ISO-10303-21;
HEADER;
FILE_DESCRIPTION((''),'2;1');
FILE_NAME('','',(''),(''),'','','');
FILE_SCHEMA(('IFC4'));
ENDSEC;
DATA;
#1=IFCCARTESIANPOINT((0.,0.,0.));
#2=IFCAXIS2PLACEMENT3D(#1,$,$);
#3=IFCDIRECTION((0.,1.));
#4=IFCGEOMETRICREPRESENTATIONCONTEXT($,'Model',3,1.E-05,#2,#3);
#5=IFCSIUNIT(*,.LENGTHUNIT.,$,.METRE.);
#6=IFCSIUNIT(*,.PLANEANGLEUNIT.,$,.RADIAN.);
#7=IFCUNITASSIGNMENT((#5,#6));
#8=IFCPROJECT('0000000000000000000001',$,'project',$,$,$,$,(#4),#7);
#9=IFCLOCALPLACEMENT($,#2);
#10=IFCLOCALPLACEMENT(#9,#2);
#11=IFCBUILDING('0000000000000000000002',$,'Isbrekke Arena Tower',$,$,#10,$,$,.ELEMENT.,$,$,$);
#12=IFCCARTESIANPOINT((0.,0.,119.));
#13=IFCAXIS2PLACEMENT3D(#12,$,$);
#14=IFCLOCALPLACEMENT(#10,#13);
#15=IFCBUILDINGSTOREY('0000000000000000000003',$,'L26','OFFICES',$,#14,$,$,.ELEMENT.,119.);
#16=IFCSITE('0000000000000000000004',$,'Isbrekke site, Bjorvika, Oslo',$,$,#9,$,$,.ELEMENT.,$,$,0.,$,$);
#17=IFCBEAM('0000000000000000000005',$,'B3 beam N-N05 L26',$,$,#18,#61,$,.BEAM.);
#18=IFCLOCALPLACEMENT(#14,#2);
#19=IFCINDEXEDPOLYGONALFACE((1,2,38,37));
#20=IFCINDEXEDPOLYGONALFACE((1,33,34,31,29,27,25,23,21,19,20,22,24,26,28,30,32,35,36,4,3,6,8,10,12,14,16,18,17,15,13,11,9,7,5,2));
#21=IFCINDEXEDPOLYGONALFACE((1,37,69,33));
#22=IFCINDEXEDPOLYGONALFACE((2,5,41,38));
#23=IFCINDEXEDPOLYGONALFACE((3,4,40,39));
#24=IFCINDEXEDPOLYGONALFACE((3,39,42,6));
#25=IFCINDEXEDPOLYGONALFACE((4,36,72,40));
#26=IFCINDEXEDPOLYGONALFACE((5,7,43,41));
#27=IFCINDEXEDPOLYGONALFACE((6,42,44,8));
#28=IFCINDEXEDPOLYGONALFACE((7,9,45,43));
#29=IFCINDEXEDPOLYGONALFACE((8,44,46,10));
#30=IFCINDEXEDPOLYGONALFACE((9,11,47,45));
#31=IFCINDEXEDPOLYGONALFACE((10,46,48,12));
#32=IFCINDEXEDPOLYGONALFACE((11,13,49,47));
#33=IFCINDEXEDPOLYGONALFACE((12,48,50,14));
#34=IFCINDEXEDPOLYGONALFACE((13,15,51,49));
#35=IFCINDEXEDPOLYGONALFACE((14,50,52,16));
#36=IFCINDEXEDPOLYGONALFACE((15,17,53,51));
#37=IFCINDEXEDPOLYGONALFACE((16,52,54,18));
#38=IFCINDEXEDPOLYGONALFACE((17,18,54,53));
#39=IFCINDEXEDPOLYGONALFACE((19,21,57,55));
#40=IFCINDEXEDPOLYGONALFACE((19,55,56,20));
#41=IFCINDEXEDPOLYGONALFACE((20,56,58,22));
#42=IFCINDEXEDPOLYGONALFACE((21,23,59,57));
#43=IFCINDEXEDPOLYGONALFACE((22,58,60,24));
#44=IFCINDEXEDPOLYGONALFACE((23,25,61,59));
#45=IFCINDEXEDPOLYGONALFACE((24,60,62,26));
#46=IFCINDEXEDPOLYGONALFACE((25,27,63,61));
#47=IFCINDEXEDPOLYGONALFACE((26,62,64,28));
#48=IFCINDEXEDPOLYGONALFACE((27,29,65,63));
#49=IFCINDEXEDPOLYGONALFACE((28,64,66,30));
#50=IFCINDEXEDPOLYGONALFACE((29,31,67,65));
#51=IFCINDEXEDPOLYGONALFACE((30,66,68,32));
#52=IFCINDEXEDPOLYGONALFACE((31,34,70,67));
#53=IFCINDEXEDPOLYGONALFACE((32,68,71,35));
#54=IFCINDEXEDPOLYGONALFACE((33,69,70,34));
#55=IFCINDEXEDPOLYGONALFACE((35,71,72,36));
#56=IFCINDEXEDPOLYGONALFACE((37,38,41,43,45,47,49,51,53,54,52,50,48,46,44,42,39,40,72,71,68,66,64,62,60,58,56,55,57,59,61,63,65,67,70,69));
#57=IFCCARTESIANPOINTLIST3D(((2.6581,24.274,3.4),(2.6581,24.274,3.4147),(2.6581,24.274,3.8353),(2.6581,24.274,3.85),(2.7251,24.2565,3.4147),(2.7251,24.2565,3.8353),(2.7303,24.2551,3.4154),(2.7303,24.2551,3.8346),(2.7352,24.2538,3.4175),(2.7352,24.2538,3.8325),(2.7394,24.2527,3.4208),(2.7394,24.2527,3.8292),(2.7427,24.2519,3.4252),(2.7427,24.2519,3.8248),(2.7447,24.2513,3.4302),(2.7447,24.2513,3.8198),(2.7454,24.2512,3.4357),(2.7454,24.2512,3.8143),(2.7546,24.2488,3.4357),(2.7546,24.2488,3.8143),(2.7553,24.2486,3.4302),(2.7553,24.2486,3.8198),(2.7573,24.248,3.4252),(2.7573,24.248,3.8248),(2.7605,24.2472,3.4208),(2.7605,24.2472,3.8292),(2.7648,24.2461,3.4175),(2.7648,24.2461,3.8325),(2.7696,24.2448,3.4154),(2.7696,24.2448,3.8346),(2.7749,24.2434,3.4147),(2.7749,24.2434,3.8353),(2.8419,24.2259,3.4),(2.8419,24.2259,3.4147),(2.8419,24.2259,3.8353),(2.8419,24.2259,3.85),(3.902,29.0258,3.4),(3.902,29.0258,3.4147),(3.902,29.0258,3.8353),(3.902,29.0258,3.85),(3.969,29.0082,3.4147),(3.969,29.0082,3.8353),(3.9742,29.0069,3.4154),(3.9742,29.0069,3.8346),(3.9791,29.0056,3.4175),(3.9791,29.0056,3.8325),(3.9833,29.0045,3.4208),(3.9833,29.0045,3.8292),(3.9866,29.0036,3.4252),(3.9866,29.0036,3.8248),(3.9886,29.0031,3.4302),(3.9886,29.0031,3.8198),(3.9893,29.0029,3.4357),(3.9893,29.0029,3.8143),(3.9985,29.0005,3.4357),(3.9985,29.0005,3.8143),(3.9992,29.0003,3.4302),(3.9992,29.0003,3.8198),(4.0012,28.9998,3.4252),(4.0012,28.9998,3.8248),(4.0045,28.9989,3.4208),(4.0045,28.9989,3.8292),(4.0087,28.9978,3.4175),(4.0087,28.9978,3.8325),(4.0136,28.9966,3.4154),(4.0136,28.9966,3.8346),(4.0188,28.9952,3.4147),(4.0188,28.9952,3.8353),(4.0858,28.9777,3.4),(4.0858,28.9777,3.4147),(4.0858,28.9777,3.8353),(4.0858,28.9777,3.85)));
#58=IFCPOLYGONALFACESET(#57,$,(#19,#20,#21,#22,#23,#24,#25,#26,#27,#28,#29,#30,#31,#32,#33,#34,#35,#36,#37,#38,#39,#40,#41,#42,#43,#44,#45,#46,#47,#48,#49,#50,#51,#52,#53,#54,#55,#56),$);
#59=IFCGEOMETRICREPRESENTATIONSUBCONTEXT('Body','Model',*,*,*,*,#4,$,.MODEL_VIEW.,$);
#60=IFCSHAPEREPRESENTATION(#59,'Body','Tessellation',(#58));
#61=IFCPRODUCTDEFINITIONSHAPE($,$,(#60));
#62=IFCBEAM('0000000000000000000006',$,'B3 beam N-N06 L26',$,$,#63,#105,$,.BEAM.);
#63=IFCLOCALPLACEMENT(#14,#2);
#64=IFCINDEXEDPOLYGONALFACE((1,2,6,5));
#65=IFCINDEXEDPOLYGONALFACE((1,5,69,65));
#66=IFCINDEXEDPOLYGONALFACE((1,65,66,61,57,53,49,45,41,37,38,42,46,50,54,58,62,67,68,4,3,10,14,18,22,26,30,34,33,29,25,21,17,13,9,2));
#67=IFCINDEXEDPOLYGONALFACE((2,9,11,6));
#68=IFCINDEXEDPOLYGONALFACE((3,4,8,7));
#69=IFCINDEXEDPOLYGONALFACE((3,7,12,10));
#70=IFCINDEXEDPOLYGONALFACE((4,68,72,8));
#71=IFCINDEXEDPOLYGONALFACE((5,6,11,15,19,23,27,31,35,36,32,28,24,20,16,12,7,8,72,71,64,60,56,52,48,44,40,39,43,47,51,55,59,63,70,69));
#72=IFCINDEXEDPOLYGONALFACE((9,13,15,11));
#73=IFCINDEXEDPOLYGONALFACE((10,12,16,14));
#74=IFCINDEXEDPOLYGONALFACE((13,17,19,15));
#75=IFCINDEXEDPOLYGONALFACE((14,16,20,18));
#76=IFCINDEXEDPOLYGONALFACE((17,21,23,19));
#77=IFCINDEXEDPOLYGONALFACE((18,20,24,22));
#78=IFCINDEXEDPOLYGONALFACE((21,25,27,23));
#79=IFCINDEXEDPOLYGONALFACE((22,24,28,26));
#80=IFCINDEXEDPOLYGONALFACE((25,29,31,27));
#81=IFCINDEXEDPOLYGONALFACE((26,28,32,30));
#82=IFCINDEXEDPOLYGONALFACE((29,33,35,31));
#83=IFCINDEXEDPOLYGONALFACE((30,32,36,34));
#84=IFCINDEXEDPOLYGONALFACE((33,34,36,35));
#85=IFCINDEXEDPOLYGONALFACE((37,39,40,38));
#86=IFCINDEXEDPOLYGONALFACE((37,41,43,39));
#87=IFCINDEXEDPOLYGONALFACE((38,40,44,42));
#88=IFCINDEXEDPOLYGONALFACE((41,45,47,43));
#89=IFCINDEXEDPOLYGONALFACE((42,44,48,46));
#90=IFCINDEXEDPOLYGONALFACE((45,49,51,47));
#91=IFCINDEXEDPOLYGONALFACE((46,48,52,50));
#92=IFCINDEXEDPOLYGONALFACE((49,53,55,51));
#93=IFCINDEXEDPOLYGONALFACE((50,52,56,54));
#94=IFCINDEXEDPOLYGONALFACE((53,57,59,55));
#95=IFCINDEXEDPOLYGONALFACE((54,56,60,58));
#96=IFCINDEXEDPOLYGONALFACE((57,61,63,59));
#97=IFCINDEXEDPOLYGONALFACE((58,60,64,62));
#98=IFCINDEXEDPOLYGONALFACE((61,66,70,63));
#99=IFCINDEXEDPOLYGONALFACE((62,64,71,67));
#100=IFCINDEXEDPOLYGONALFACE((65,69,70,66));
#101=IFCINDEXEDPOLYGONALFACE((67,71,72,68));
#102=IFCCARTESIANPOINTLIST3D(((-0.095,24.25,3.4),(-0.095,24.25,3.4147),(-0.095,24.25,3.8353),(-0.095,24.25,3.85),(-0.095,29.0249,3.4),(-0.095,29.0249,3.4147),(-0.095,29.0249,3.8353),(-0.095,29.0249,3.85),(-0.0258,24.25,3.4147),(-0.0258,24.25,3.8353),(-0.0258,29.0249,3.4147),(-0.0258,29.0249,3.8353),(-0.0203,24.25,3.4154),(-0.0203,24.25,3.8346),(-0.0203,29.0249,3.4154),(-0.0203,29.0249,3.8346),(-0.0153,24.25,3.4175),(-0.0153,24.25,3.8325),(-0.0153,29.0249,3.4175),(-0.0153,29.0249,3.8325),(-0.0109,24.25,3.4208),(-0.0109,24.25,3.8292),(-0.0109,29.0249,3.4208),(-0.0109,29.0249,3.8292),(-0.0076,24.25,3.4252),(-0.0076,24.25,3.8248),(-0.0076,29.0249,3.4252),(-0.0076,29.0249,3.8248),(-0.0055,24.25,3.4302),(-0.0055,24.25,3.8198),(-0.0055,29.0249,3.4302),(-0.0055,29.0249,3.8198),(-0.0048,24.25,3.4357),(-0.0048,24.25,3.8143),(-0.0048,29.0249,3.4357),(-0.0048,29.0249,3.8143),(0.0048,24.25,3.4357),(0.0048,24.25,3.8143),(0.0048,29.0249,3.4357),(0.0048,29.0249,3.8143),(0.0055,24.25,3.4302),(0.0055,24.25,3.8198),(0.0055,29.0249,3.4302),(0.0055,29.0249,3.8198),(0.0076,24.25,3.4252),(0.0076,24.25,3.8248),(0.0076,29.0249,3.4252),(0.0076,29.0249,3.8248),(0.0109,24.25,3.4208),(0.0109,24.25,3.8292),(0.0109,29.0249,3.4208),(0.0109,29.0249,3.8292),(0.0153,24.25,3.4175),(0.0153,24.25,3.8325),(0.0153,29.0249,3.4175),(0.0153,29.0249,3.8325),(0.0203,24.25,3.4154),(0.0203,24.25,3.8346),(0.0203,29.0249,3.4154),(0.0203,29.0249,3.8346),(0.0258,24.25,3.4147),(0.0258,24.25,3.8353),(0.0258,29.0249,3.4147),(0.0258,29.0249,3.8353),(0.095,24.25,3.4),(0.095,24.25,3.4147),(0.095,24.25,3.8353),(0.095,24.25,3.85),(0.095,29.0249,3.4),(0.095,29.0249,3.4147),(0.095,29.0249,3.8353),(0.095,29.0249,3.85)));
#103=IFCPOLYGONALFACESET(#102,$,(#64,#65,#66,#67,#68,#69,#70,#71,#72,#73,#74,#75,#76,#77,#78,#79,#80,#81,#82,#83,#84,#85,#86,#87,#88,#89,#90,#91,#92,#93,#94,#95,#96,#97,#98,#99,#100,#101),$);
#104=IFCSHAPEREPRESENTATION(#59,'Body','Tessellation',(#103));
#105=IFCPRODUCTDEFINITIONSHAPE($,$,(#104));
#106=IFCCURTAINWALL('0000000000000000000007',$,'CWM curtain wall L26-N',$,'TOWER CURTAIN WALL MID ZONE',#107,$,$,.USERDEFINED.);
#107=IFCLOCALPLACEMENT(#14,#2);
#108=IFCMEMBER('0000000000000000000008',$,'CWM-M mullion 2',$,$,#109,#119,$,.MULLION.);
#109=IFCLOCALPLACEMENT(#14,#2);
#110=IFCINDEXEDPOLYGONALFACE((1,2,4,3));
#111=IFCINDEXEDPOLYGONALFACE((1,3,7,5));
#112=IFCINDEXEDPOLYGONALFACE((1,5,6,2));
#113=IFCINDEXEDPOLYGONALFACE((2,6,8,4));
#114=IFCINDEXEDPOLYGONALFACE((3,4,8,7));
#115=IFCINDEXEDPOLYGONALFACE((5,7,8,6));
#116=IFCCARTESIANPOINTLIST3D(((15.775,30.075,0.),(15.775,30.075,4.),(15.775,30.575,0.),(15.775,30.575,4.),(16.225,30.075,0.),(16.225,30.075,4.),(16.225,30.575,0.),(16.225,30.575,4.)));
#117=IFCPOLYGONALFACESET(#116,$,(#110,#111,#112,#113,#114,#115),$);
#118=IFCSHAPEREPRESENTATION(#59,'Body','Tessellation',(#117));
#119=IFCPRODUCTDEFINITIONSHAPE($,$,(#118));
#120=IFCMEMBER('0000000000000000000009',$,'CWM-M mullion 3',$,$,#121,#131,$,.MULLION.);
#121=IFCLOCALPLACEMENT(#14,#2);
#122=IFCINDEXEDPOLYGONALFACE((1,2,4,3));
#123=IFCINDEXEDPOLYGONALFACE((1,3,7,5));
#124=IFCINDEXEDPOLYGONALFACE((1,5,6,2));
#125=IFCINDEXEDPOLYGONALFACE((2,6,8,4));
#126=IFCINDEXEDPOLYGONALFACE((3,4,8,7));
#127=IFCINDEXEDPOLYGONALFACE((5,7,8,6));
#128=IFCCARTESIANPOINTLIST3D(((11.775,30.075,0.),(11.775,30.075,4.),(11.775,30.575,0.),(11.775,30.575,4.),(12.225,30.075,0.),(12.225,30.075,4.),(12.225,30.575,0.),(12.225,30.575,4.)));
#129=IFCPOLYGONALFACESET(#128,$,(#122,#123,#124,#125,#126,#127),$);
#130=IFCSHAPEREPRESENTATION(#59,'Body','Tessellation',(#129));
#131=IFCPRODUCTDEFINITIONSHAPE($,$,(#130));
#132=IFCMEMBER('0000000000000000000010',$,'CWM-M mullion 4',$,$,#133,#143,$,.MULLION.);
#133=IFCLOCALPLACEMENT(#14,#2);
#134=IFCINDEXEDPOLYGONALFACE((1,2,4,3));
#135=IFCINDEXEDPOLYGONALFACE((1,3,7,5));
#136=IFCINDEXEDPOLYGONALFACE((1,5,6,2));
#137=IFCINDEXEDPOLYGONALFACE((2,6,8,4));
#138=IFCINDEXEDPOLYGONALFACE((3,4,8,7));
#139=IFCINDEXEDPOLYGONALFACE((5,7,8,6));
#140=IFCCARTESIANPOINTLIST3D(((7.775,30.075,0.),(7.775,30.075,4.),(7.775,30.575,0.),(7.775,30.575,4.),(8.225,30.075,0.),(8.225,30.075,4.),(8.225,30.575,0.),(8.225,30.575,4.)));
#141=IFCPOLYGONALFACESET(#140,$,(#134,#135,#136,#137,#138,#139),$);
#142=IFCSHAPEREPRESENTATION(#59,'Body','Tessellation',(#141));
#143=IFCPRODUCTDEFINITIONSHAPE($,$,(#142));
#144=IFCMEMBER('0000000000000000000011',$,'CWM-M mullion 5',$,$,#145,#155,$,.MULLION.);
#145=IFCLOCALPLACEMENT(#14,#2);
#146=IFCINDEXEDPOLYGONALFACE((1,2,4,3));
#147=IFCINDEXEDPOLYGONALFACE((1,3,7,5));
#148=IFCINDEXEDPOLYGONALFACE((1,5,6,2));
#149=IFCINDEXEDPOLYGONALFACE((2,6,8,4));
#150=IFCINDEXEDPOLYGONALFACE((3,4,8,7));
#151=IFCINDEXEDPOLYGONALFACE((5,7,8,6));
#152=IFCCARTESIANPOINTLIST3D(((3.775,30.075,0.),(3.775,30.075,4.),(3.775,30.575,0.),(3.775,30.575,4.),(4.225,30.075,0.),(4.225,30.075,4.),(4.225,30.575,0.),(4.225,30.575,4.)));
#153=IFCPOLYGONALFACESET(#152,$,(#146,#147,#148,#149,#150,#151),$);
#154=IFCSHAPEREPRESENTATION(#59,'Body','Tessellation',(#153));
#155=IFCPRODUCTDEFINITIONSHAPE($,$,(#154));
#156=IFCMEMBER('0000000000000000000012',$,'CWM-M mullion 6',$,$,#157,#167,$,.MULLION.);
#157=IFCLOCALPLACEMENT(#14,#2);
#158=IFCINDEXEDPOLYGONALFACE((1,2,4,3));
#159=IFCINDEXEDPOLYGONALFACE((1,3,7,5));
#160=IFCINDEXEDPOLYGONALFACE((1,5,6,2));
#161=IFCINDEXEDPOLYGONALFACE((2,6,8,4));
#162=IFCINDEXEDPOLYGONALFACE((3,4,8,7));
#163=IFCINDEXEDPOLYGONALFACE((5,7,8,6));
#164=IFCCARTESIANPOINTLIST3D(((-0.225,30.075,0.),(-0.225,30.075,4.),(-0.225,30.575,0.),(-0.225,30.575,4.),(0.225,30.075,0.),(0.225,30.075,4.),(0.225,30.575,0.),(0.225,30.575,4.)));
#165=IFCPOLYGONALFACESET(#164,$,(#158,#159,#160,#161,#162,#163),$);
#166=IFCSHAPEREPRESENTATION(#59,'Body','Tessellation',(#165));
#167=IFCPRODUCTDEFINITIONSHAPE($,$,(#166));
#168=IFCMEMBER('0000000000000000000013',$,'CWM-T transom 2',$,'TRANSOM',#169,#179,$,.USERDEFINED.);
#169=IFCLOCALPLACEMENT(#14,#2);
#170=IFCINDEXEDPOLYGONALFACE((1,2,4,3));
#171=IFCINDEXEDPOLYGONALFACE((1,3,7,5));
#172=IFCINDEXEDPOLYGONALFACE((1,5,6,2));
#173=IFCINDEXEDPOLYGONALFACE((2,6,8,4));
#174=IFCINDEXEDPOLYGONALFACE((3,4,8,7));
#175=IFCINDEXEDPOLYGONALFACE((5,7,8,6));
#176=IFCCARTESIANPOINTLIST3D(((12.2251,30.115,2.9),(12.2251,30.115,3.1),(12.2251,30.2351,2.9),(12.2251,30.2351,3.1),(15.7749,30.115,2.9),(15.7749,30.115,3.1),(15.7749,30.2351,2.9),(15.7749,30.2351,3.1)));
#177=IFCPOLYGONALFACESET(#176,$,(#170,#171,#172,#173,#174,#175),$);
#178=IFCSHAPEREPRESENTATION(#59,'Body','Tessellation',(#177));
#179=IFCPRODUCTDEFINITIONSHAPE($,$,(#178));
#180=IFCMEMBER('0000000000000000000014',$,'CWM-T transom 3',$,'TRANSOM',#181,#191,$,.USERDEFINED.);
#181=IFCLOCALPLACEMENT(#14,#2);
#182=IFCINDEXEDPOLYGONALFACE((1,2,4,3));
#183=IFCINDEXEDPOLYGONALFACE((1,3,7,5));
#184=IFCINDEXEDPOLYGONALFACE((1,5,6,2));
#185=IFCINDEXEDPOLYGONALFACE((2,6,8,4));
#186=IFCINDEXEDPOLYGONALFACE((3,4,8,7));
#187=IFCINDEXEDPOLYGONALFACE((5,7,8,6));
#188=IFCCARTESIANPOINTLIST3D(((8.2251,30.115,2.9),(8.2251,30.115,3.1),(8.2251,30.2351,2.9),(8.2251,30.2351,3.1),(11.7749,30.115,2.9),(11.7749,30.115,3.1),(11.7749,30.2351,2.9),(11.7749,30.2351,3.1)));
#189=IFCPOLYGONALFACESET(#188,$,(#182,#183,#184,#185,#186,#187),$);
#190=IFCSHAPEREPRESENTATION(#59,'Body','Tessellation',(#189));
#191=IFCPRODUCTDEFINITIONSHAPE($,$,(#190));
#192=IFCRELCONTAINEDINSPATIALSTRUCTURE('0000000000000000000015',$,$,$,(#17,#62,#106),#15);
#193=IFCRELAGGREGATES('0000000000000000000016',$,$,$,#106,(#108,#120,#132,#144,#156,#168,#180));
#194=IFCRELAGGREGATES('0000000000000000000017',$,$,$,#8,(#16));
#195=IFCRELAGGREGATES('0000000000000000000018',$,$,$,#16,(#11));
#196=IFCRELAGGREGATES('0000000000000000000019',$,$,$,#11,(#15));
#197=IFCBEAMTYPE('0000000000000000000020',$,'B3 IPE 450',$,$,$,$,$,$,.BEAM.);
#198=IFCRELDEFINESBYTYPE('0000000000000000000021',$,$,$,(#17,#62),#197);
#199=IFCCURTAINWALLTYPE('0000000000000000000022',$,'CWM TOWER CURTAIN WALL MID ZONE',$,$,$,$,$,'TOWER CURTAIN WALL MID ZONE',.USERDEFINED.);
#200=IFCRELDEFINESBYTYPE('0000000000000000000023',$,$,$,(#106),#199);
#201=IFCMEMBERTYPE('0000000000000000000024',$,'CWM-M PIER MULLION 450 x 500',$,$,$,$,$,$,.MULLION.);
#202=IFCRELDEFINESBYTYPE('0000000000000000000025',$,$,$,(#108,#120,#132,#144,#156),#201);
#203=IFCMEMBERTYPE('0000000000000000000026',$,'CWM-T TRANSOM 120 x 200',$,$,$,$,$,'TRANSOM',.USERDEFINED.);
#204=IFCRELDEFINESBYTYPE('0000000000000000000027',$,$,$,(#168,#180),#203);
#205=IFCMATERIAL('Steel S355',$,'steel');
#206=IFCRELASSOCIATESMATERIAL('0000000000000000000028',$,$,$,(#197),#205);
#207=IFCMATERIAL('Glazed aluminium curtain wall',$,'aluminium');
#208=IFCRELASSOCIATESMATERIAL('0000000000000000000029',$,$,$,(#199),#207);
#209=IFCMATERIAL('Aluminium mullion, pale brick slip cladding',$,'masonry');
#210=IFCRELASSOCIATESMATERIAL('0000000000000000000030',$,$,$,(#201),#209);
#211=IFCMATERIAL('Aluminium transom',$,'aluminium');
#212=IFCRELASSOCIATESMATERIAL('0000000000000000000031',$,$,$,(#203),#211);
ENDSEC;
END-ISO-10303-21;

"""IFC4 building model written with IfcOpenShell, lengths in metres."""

from ifc_helpers import new_model, si_unit, direction, frame, origin, origin_2d, place, context, subcontext, project, spatial, rectangle, i_section, extrude, material, material_profile, profile_set, type_object, element, aggregate, save


model = new_model("IFC4")

# Units and contexts
model_context = context("Model", 3, precision=1e-05, world=origin(), true_north=direction((0.0, 1.0)))
body_context = subcontext(model_context, "Body", "Model", "MODEL_VIEW")
ifc_project = project(units=[si_unit("LENGTHUNIT", "METRE"), si_unit("PLANEANGLEUNIT", "RADIAN")], contexts=[model_context])

# Site, building, storey
site_placement = place(None, origin())
site = spatial("IfcSite", under=ifc_project, at=site_placement, Name="Isbrekke site, Bjorvika, Oslo", CompositionType="ELEMENT", RefElevation=0.0)
building_placement = place(site_placement, origin())
building = spatial("IfcBuilding", under=site, at=building_placement, Name="Isbrekke Arena Tower", CompositionType="ELEMENT")
storey_placement = place(building_placement, frame((0.0, 0.0, 119.0)))
storey = spatial("IfcBuildingStorey", under=building, at=storey_placement, Name="L26", Description="OFFICES", CompositionType="ELEMENT", Elevation=119.0)

# Beams
ifc_material_1 = material(Name="Steel S355", Category="steel")
ifc_material_profile_1 = material_profile(ifc_material_1, i_section(OverallWidth=0.1899, OverallDepth=0.45, WebThickness=0.0095, FlangeThickness=0.0146, FilletRadius=0.021, at=origin_2d()), Name="IPE 450")
ifc_profile_set_1 = profile_set([ifc_material_profile_1], Name="Steel S355")
beam_type_1 = type_object("IfcBeamType", Name="B3 IPE 450", PredefinedType="BEAM", material=ifc_profile_set_1)
beam_1_placement = place(storey_placement, frame((3.9939, 29.0017, 3.625), z_axis=(-0.253245, -0.967402, 0.0), x_axis=(0.967402, -0.253245, 0.0)))
element("IfcBeam", 1, at=beam_1_placement, inside=storey, type_object=beam_type_1, Name="B3 beam N-N05 L26", PredefinedType="BEAM", context=body_context, shape_type="SweptSolid", body=[
    extrude(i_section(OverallWidth=0.1899, OverallDepth=0.45, WebThickness=0.0095, FlangeThickness=0.0146, FilletRadius=0.021, at=origin_2d()), origin(), (0.0, 0.0, 1.0), 4.9119),
])
beam_2_placement = place(storey_placement, frame((0.0, 29.0249, 3.625), z_axis=(0.0, -1.0, 0.0), x_axis=(1.0, 0.0, 0.0)))
element("IfcBeam", 2, at=beam_2_placement, inside=storey, type_object=beam_type_1, Name="B3 beam N-N06 L26", PredefinedType="BEAM", context=body_context, shape_type="SweptSolid", body=[
    extrude(i_section(OverallWidth=0.1899, OverallDepth=0.45, WebThickness=0.0095, FlangeThickness=0.0146, FilletRadius=0.021, at=origin_2d()), origin(), (0.0, 0.0, 1.0), 4.7749),
])

# Curtain wall, members
ifc_material_2 = material(Name="Glazed aluminium curtain wall", Category="aluminium")
curtain_wall_type = type_object("IfcCurtainWallType", Name="CWM TOWER CURTAIN WALL MID ZONE", ElementType="TOWER CURTAIN WALL MID ZONE", PredefinedType="USERDEFINED", material=ifc_material_2)
curtain_wall_placement = place(storey_placement, origin())
curtain_wall = element("IfcCurtainWall", 3, at=curtain_wall_placement, inside=storey, type_object=curtain_wall_type, Name="CWM curtain wall L26-N", ObjectType="TOWER CURTAIN WALL MID ZONE", PredefinedType="USERDEFINED")
ifc_material_3 = material(Name="Aluminium mullion, pale brick slip cladding", Category="masonry")
ifc_material_profile_2 = material_profile(ifc_material_3, rectangle(XDim=0.45, YDim=0.5, at=origin_2d()), Name="PIER 450X500")
ifc_profile_set_2 = profile_set([ifc_material_profile_2], Name="Aluminium mullion, pale brick slip cladding")
member_type_1 = type_object("IfcMemberType", Name="CWM-M PIER MULLION 450 x 500", PredefinedType="MULLION", material=ifc_profile_set_2)
member_1_placement = place(storey_placement, frame((16.0, 30.325, 0.0), z_axis=(0.0, 0.0, 1.0), x_axis=(-1.0, 0.0, 0.0)))
member_1 = element("IfcMember", 4, at=member_1_placement, type_object=member_type_1, Name="CWM-M mullion 2", PredefinedType="MULLION", context=body_context, shape_type="SweptSolid", body=[
    extrude(rectangle(XDim=0.45, YDim=0.5, at=origin_2d()), origin(), (0.0, 0.0, 1.0), 4.0),
])
member_2_placement = place(storey_placement, frame((12.0, 30.325, 0.0), z_axis=(0.0, 0.0, 1.0), x_axis=(-1.0, 0.0, 0.0)))
member_2 = element("IfcMember", 5, at=member_2_placement, type_object=member_type_1, Name="CWM-M mullion 3", PredefinedType="MULLION", context=body_context, shape_type="SweptSolid", body=[
    extrude(rectangle(XDim=0.45, YDim=0.5, at=origin_2d()), origin(), (0.0, 0.0, 1.0), 4.0),
])
member_3_placement = place(storey_placement, frame((8.0, 30.325, 0.0), z_axis=(0.0, 0.0, 1.0), x_axis=(-1.0, 0.0, 0.0)))
member_3 = element("IfcMember", 6, at=member_3_placement, type_object=member_type_1, Name="CWM-M mullion 4", PredefinedType="MULLION", context=body_context, shape_type="SweptSolid", body=[
    extrude(rectangle(XDim=0.45, YDim=0.5, at=origin_2d()), origin(), (0.0, 0.0, 1.0), 4.0),
])
member_4_placement = place(storey_placement, frame((4.0, 30.325, 0.0), z_axis=(0.0, 0.0, 1.0), x_axis=(-1.0, 0.0, 0.0)))
member_4 = element("IfcMember", 7, at=member_4_placement, type_object=member_type_1, Name="CWM-M mullion 5", PredefinedType="MULLION", context=body_context, shape_type="SweptSolid", body=[
    extrude(rectangle(XDim=0.45, YDim=0.5, at=origin_2d()), origin(), (0.0, 0.0, 1.0), 4.0),
])
member_5_placement = place(storey_placement, frame((0.0, 30.325, 0.0), z_axis=(0.0, 0.0, 1.0), x_axis=(-1.0, 0.0, 0.0)))
member_5 = element("IfcMember", 8, at=member_5_placement, type_object=member_type_1, Name="CWM-M mullion 6", PredefinedType="MULLION", context=body_context, shape_type="SweptSolid", body=[
    extrude(rectangle(XDim=0.45, YDim=0.5, at=origin_2d()), origin(), (0.0, 0.0, 1.0), 4.0),
])
ifc_material_4 = material(Name="Aluminium transom", Category="aluminium")
ifc_material_profile_3 = material_profile(ifc_material_4, rectangle(XDim=0.1201, YDim=0.2, at=origin_2d()), Name="TRANSOM 120X200")
ifc_profile_set_3 = profile_set([ifc_material_profile_3], Name="Aluminium transom")
member_type_2 = type_object("IfcMemberType", Name="CWM-T TRANSOM 120 x 200", ElementType="TRANSOM", PredefinedType="USERDEFINED", material=ifc_profile_set_3)
member_6_placement = place(storey_placement, frame((15.7749, 30.175, 3.0), z_axis=(-1.0, 0.0, 0.0), x_axis=(0.0, -1.0, 0.0)))
member_6 = element("IfcMember", 9, at=member_6_placement, type_object=member_type_2, Name="CWM-T transom 2", ObjectType="TRANSOM", PredefinedType="USERDEFINED", context=body_context, shape_type="SweptSolid", body=[
    extrude(rectangle(XDim=0.1201, YDim=0.2, at=origin_2d()), origin(), (0.0, 0.0, 1.0), 3.5498),
])
member_7_placement = place(storey_placement, frame((11.7749, 30.175, 3.0), z_axis=(-1.0, 0.0, 0.0), x_axis=(0.0, -1.0, 0.0)))
member_7 = element("IfcMember", 10, at=member_7_placement, type_object=member_type_2, Name="CWM-T transom 3", ObjectType="TRANSOM", PredefinedType="USERDEFINED", context=body_context, shape_type="SweptSolid", body=[
    extrude(rectangle(XDim=0.1201, YDim=0.2, at=origin_2d()), origin(), (0.0, 0.0, 1.0), 3.5498),
])

aggregate(curtain_wall, [member_1, member_2, member_3, member_4, member_5, member_6, member_7])

save(model, "model.ifc")
